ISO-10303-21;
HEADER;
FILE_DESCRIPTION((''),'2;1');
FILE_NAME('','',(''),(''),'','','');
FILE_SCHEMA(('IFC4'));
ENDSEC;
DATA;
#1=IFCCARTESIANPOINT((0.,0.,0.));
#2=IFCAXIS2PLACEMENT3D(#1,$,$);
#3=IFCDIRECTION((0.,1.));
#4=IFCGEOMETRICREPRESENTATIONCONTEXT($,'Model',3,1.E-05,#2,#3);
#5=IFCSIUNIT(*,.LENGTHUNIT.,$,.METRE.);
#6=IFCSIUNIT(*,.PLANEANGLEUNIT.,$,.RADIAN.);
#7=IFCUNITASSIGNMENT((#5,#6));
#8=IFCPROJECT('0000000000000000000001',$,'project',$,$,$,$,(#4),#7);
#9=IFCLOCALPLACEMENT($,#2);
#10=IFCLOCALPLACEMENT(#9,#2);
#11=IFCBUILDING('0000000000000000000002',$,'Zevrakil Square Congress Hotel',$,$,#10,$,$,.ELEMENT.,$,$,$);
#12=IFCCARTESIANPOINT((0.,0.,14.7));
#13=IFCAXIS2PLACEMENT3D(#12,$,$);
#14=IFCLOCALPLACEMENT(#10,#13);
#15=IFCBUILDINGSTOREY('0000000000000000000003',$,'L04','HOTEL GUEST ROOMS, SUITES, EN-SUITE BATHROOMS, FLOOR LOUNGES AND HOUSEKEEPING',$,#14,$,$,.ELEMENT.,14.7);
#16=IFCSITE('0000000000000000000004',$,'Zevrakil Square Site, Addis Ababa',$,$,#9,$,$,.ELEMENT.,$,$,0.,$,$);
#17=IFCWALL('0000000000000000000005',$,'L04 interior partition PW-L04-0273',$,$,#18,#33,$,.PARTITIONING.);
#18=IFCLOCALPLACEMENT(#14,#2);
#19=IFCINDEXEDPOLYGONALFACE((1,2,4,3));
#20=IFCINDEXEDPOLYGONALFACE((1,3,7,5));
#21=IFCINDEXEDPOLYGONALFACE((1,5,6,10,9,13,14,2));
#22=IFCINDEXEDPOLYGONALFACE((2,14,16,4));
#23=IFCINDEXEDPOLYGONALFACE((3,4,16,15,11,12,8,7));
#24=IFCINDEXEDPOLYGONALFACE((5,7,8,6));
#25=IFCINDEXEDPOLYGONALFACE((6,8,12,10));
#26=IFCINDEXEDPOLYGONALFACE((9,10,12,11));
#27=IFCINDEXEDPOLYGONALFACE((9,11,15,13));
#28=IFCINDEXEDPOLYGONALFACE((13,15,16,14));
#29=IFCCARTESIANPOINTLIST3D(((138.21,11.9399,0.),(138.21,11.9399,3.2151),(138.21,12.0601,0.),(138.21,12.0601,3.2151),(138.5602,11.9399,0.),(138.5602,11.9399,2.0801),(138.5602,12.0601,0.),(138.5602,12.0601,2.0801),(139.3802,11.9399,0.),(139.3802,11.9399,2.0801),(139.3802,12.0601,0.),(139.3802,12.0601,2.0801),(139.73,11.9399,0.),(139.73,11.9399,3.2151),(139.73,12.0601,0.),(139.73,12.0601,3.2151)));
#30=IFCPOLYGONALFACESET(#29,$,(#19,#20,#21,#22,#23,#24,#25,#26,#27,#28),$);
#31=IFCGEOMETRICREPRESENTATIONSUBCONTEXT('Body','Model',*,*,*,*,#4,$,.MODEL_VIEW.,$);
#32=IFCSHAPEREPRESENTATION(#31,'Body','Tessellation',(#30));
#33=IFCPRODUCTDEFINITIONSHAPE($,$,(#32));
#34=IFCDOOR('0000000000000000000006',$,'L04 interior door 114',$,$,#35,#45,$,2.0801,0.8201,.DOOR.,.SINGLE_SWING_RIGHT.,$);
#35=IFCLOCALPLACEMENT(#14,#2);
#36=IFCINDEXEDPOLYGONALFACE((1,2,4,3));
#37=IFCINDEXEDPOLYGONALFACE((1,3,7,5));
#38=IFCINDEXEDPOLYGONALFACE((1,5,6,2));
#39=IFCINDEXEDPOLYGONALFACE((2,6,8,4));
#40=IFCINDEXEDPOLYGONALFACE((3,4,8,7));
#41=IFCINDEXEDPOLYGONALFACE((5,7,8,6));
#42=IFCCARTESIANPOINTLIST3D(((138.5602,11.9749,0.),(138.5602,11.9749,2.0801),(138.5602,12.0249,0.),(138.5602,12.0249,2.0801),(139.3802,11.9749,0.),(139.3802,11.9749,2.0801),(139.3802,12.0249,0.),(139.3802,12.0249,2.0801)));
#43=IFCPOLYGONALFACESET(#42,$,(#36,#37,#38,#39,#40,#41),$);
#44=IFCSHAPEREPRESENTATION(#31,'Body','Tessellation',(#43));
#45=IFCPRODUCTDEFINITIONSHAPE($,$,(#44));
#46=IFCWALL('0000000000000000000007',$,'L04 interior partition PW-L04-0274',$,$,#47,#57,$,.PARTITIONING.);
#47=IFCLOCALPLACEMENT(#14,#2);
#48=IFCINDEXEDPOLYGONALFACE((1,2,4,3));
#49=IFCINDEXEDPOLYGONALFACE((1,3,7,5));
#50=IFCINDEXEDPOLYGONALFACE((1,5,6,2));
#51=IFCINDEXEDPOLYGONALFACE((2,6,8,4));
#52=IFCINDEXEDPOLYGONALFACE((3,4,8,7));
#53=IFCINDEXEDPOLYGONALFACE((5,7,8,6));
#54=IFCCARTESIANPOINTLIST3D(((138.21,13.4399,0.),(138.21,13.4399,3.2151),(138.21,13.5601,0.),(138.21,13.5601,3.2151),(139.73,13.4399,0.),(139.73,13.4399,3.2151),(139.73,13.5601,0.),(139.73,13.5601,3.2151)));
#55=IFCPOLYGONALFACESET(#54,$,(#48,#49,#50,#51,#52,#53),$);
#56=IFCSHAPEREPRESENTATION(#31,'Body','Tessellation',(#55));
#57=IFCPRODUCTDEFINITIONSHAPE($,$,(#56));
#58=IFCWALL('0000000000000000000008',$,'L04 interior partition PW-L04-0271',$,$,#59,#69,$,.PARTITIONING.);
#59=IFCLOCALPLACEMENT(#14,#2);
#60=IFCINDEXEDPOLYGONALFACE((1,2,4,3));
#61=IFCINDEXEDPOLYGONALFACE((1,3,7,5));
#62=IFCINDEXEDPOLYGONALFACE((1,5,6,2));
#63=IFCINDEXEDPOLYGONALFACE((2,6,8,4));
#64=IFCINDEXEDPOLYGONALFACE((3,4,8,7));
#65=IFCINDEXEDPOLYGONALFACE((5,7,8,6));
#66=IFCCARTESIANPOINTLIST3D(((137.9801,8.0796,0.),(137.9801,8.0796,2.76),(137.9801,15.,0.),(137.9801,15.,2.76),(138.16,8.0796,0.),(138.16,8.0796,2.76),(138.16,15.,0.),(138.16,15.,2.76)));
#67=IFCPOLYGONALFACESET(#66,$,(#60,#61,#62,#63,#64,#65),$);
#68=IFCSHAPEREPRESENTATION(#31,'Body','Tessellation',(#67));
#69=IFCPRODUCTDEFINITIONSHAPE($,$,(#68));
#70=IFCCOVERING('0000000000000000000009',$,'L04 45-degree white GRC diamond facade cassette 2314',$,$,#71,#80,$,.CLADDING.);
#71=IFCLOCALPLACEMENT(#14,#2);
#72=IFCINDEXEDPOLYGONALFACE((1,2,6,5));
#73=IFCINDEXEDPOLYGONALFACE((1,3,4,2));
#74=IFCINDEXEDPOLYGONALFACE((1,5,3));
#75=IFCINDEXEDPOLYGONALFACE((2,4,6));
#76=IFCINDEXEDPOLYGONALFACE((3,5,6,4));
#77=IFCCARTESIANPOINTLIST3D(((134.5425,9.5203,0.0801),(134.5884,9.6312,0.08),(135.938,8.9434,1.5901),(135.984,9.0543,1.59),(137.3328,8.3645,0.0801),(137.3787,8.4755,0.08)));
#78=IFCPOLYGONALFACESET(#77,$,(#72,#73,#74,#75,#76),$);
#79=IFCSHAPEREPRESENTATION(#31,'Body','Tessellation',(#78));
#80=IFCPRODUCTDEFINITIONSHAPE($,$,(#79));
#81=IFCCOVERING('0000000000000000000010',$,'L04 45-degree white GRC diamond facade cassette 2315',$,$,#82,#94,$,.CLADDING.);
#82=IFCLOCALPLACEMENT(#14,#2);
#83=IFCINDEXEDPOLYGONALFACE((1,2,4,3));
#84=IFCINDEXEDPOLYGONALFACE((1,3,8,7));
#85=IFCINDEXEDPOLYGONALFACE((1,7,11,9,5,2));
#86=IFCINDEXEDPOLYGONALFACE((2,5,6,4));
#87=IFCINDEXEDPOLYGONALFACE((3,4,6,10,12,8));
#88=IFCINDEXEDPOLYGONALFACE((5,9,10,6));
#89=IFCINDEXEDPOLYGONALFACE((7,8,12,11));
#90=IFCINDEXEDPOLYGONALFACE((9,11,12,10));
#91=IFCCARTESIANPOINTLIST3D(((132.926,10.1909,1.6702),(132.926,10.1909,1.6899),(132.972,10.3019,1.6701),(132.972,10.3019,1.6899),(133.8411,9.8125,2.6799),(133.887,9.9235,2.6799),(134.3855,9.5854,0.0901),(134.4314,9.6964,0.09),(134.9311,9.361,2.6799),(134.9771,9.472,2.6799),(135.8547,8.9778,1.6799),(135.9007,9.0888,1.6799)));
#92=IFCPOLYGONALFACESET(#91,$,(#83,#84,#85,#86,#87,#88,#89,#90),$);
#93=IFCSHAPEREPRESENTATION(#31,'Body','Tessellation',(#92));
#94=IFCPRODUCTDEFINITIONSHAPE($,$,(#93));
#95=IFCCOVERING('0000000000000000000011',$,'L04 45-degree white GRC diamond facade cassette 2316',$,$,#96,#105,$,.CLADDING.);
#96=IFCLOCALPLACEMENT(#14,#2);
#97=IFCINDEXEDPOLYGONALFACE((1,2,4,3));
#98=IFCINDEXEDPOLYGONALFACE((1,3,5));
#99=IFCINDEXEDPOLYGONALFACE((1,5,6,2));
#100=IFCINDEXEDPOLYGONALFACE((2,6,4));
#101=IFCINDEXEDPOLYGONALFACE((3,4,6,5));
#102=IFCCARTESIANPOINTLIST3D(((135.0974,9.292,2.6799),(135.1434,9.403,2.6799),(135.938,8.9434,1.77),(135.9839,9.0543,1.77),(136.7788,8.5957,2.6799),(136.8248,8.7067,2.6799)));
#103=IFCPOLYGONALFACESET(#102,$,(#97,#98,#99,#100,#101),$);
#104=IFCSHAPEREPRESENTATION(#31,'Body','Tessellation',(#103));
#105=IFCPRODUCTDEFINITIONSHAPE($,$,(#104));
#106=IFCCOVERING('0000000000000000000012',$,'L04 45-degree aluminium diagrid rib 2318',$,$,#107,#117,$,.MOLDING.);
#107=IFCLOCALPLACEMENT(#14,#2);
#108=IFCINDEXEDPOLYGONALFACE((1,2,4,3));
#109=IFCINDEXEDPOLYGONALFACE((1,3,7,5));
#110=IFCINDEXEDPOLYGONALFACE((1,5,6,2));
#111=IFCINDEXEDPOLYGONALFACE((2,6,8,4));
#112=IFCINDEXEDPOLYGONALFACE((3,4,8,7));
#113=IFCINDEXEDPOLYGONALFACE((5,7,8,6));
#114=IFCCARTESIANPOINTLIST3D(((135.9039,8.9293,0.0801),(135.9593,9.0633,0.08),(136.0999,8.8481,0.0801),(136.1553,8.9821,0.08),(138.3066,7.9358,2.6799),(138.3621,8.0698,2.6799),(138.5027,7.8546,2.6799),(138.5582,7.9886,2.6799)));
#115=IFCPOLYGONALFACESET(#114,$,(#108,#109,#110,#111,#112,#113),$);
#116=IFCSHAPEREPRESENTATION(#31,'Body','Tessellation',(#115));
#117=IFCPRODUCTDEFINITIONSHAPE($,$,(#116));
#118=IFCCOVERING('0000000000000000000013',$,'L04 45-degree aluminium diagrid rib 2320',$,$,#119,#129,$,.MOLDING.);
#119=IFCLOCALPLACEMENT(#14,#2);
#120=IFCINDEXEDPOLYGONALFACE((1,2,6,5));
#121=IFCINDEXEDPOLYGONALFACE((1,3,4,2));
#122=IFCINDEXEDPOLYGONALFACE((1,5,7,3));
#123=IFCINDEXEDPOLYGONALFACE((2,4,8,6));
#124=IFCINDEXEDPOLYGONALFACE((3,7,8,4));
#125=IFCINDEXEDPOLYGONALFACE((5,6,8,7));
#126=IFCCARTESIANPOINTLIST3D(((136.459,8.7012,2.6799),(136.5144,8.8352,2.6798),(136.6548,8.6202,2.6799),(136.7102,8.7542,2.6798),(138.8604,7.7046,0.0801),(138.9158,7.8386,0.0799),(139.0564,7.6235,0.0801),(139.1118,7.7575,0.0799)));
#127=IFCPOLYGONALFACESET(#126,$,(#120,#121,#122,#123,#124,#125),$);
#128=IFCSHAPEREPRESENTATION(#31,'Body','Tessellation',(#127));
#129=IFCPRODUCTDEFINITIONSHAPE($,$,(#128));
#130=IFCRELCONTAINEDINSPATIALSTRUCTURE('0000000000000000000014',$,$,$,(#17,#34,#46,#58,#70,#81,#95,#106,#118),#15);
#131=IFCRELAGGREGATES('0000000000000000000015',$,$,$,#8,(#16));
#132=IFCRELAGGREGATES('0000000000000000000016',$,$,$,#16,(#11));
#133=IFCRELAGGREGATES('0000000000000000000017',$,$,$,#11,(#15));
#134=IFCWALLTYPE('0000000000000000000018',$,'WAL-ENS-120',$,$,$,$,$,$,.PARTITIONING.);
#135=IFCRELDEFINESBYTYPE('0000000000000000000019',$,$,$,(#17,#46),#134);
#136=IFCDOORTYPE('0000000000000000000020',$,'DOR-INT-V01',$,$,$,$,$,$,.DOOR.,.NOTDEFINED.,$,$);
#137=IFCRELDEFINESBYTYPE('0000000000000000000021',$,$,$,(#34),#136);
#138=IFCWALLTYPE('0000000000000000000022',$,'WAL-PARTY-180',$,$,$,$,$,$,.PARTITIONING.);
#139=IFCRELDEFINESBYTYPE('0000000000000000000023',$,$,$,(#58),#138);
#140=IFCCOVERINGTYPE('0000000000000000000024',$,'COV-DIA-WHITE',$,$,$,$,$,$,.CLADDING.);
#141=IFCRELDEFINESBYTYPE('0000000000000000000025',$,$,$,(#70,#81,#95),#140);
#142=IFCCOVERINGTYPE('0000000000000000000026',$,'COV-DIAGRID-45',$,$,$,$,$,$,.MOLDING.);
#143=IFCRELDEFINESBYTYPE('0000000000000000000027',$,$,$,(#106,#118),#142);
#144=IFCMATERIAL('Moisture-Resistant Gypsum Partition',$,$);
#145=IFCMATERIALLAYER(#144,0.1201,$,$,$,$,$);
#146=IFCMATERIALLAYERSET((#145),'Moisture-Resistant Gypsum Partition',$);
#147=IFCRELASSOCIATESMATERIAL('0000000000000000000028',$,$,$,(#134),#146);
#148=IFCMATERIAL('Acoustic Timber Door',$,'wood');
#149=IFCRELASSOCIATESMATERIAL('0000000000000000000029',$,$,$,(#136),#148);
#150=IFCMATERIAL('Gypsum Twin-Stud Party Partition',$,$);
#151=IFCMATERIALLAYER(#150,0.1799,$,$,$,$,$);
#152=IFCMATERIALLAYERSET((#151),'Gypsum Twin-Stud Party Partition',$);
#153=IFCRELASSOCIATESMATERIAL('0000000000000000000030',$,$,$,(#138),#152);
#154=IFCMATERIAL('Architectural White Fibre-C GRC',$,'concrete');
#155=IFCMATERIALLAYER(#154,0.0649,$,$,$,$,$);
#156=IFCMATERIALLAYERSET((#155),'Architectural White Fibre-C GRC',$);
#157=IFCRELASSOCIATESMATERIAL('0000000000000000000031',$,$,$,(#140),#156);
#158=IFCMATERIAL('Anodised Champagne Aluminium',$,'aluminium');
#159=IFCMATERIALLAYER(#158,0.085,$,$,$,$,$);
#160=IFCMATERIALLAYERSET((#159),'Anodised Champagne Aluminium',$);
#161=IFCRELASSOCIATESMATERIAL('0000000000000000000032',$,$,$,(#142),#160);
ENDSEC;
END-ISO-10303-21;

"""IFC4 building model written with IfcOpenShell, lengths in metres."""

from ifc_helpers import new_model, si_unit, direction, frame, frame_2d, origin, place, context, subcontext, project, spatial, polyline, rectangle, outline, extrude, material, layer, layer_set, type_object, element, fill, save


model = new_model("IFC4")

# Units and contexts
model_context = context("Model", 3, precision=1e-05, world=origin(), true_north=direction((0.0, 1.0)))
body_context = subcontext(model_context, "Body", "Model", "MODEL_VIEW")
ifc_project = project(units=[si_unit("LENGTHUNIT", "METRE"), si_unit("PLANEANGLEUNIT", "RADIAN")], contexts=[model_context])

# Site, building, storey
site_placement = place(None, origin())
site = spatial("IfcSite", under=ifc_project, at=site_placement, Name="Zevrakil Square Site, Addis Ababa", CompositionType="ELEMENT", RefElevation=0.0)
building_placement = place(site_placement, origin())
building = spatial("IfcBuilding", under=site, at=building_placement, Name="Zevrakil Square Congress Hotel", CompositionType="ELEMENT")
storey_placement = place(building_placement, frame((0.0, 0.0, 14.7)))
storey = spatial("IfcBuildingStorey", under=building, at=storey_placement, Name="L04", Description="HOTEL GUEST ROOMS, SUITES, EN-SUITE BATHROOMS, FLOOR LOUNGES AND HOUSEKEEPING", CompositionType="ELEMENT", Elevation=14.7)

# Shared definitions
ifc_material_1 = material(Name="Moisture-Resistant Gypsum Partition")
ifc_layer_1 = layer(ifc_material_1, 0.1201)
ifc_layer_set_1 = layer_set([ifc_layer_1], Name="Moisture-Resistant Gypsum Partition")
wall_type_1 = type_object("IfcWallType", Name="WAL-ENS-120", PredefinedType="PARTITIONING", material=ifc_layer_set_1)

# Shared definitions
ifc_material_2 = material(Name="Acoustic Timber Door", Category="wood")
door_type_1 = type_object("IfcDoorType", Name="DOR-INT-V01", OperationType="NOTDEFINED", PredefinedType="DOOR", material=ifc_material_2)

# Wall, opening, door
wall_1_placement = place(storey_placement, frame((138.21, 12.0, 0.0), z_axis=(0.0, 0.0, 1.0), x_axis=(1.0, 0.0, 0.0)))
wall_1 = element("IfcWall", 1, at=wall_1_placement, inside=storey, type_object=wall_type_1, Name="L04 interior partition PW-L04-0273", PredefinedType="PARTITIONING", context=body_context, shape_type="SweptSolid", body=[
    extrude(rectangle(XDim=1.52, YDim=0.1201, at=frame_2d((0.76, 0.0))), origin(), (0.0, 0.0, 1.0), 3.2151),
])
opening_1_placement = place(wall_1_placement, frame((0.3501, 0.0, 0.0)))
opening_1 = element("IfcOpeningElement", 2, at=opening_1_placement, cuts=wall_1, PredefinedType="OPENING", context=body_context, shape_type="SweptSolid", body=[
    extrude(rectangle(XDim=0.8201, YDim=2.0801, at=frame_2d((0.4102, 1.04))), frame((0.0, 0.0701, 0.0), z_axis=(0.0, -1.0, 0.0), x_axis=(1.0, 0.0, 0.0)), (0.0, 0.0, 1.0), 0.1401),
])
door_1_placement = place(opening_1_placement, origin())
door_1 = element("IfcDoor", 3, at=door_1_placement, inside=storey, type_object=door_type_1, Name="L04 interior door 114", OperationType="SINGLE_SWING_RIGHT", OverallHeight=2.0801, OverallWidth=0.8201, PredefinedType="DOOR", context=body_context, shape_type="SweptSolid", body=[
    extrude(rectangle(XDim=0.8201, YDim=2.0801, at=frame_2d((0.4102, 1.04))), frame((0.0, 0.0249, 0.0), z_axis=(0.0, -1.0, 0.0), x_axis=(1.0, 0.0, 0.0)), (0.0, 0.0, 1.0), 0.05),
])
fill(opening_1, door_1)

# Walls
wall_2_placement = place(storey_placement, frame((138.21, 13.5, 0.0), z_axis=(0.0, 0.0, 1.0), x_axis=(1.0, 0.0, 0.0)))
element("IfcWall", 4, at=wall_2_placement, inside=storey, type_object=wall_type_1, Name="L04 interior partition PW-L04-0274", PredefinedType="PARTITIONING", context=body_context, shape_type="SweptSolid", body=[
    extrude(rectangle(XDim=1.52, YDim=0.1201, at=frame_2d((0.76, 0.0))), origin(), (0.0, 0.0, 1.0), 3.2151),
])
ifc_material_3 = material(Name="Gypsum Twin-Stud Party Partition")
ifc_layer_2 = layer(ifc_material_3, 0.1799)
ifc_layer_set_2 = layer_set([ifc_layer_2], Name="Gypsum Twin-Stud Party Partition")
wall_type_2 = type_object("IfcWallType", Name="WAL-PARTY-180", PredefinedType="PARTITIONING", material=ifc_layer_set_2)
wall_3_placement = place(storey_placement, frame((138.0701, 8.0796, 0.0), z_axis=(0.0, 0.0, 1.0), x_axis=(0.0, 1.0, 0.0)))
element("IfcWall", 5, at=wall_3_placement, inside=storey, type_object=wall_type_2, Name="L04 interior partition PW-L04-0271", PredefinedType="PARTITIONING", context=body_context, shape_type="SweptSolid", body=[
    extrude(rectangle(XDim=6.9204, YDim=0.1799, at=frame_2d((3.4602, 0.0))), origin(), (0.0, 0.0, 1.0), 2.76),
])

# Coverings
ifc_material_4 = material(Name="Architectural White Fibre-C GRC", Category="concrete")
ifc_layer_3 = layer(ifc_material_4, 0.0649)
ifc_layer_set_3 = layer_set([ifc_layer_3], Name="Architectural White Fibre-C GRC")
covering_type_1 = type_object("IfcCoveringType", Name="COV-DIA-WHITE", PredefinedType="CLADDING", material=ifc_layer_set_3)
covering_1_placement = place(storey_placement, frame((135.938, 8.9434, 1.5901), z_axis=(-0.38268, -0.923881, 0.00069), x_axis=(0.65312, -0.271057, -0.70708)))
element("IfcCovering", 6, at=covering_1_placement, inside=storey, type_object=covering_type_1, Name="L04 45-degree white GRC diamond facade cassette 2314", PredefinedType="CLADDING", context=body_context, shape_type="SweptSolid", body=[
    extrude(outline(polyline([(0.0, 0.0), (2.1356, 0.0), (-0.0001, -2.1355), (0.0, 0.0)])), origin(), (0.0, 0.0, -1.0), 0.1201),
])
covering_2_placement = place(storey_placement, frame((135.8547, 8.9778, 1.6799), z_axis=(-0.382679, -0.923881, 0.000574), x_axis=(-0.653459, 0.270228, -0.707085)))
element("IfcCovering", 7, at=covering_2_placement, inside=storey, type_object=covering_type_1, Name="L04 45-degree white GRC diamond facade cassette 2315", PredefinedType="CLADDING", context=body_context, shape_type="SweptSolid", body=[
    extrude(outline(polyline([(0.0, 0.0), (2.2484, 0.0), (2.2485, -2.2346), (2.2345, -2.2486), (0.8343, -2.2484), (0.0, -1.4142), (0.0, 0.0)])), origin(), (0.0, 0.0, -1.0), 0.1201),
])
covering_3_placement = place(storey_placement, frame((135.938, 8.9434, 1.77), z_axis=(-0.382605, -0.923912, 0.000547), x_axis=(-0.653191, 0.270914, 0.70707)))
element("IfcCovering", 8, at=covering_3_placement, inside=storey, type_object=covering_type_1, Name="L04 45-degree white GRC diamond facade cassette 2316", PredefinedType="CLADDING", context=body_context, shape_type="SweptSolid", body=[
    extrude(outline(polyline([(0.0, 0.0), (1.2869, 0.0), (0.0, -1.2868), (0.0, 0.0)])), origin(), (0.0, 0.0, -1.0), 0.1201),
])
ifc_material_5 = material(Name="Anodised Champagne Aluminium", Category="aluminium")
ifc_layer_4 = layer(ifc_material_5, 0.085)
ifc_layer_set_4 = layer_set([ifc_layer_4], Name="Anodised Champagne Aluminium")
covering_type_2 = type_object("IfcCoveringType", Name="COV-DIAGRID-45", PredefinedType="MOLDING", material=ifc_layer_set_4)
covering_4_placement = place(storey_placement, frame((136.0999, 8.8481, 0.0801), z_axis=(-0.382572, -0.923926, 0.000503), x_axis=(-0.923926, 0.382572, 0.0)))
element("IfcCovering", 9, at=covering_4_placement, inside=storey, type_object=covering_type_2, Name="L04 45-degree aluminium diagrid rib 2318", PredefinedType="MOLDING", context=body_context, shape_type="SweptSolid", body=[
    extrude(outline(polyline([(0.0, 0.0), (0.2121, 0.0), (-2.3879, -2.5999), (-2.6002, -2.5999), (0.0, 0.0)])), origin(), (0.0, 0.0, -1.0), 0.145),
])
covering_5_placement = place(storey_placement, frame((136.459, 8.7012, 2.6799), z_axis=(-0.382284, -0.924044, 0.001091), x_axis=(0.924045, -0.382284, 0.0)))
element("IfcCovering", 10, at=covering_5_placement, inside=storey, type_object=covering_type_2, Name="L04 45-degree aluminium diagrid rib 2320", PredefinedType="MOLDING", context=body_context, shape_type="SweptSolid", body=[
    extrude(outline(polyline([(0.0, 0.0), (0.2119, 0.0), (2.8121, -2.5999), (2.5999, -2.5999), (0.0, 0.0)])), origin(), (0.0, 0.0, -1.0), 0.145),
])

save(model, "model.ifc")
